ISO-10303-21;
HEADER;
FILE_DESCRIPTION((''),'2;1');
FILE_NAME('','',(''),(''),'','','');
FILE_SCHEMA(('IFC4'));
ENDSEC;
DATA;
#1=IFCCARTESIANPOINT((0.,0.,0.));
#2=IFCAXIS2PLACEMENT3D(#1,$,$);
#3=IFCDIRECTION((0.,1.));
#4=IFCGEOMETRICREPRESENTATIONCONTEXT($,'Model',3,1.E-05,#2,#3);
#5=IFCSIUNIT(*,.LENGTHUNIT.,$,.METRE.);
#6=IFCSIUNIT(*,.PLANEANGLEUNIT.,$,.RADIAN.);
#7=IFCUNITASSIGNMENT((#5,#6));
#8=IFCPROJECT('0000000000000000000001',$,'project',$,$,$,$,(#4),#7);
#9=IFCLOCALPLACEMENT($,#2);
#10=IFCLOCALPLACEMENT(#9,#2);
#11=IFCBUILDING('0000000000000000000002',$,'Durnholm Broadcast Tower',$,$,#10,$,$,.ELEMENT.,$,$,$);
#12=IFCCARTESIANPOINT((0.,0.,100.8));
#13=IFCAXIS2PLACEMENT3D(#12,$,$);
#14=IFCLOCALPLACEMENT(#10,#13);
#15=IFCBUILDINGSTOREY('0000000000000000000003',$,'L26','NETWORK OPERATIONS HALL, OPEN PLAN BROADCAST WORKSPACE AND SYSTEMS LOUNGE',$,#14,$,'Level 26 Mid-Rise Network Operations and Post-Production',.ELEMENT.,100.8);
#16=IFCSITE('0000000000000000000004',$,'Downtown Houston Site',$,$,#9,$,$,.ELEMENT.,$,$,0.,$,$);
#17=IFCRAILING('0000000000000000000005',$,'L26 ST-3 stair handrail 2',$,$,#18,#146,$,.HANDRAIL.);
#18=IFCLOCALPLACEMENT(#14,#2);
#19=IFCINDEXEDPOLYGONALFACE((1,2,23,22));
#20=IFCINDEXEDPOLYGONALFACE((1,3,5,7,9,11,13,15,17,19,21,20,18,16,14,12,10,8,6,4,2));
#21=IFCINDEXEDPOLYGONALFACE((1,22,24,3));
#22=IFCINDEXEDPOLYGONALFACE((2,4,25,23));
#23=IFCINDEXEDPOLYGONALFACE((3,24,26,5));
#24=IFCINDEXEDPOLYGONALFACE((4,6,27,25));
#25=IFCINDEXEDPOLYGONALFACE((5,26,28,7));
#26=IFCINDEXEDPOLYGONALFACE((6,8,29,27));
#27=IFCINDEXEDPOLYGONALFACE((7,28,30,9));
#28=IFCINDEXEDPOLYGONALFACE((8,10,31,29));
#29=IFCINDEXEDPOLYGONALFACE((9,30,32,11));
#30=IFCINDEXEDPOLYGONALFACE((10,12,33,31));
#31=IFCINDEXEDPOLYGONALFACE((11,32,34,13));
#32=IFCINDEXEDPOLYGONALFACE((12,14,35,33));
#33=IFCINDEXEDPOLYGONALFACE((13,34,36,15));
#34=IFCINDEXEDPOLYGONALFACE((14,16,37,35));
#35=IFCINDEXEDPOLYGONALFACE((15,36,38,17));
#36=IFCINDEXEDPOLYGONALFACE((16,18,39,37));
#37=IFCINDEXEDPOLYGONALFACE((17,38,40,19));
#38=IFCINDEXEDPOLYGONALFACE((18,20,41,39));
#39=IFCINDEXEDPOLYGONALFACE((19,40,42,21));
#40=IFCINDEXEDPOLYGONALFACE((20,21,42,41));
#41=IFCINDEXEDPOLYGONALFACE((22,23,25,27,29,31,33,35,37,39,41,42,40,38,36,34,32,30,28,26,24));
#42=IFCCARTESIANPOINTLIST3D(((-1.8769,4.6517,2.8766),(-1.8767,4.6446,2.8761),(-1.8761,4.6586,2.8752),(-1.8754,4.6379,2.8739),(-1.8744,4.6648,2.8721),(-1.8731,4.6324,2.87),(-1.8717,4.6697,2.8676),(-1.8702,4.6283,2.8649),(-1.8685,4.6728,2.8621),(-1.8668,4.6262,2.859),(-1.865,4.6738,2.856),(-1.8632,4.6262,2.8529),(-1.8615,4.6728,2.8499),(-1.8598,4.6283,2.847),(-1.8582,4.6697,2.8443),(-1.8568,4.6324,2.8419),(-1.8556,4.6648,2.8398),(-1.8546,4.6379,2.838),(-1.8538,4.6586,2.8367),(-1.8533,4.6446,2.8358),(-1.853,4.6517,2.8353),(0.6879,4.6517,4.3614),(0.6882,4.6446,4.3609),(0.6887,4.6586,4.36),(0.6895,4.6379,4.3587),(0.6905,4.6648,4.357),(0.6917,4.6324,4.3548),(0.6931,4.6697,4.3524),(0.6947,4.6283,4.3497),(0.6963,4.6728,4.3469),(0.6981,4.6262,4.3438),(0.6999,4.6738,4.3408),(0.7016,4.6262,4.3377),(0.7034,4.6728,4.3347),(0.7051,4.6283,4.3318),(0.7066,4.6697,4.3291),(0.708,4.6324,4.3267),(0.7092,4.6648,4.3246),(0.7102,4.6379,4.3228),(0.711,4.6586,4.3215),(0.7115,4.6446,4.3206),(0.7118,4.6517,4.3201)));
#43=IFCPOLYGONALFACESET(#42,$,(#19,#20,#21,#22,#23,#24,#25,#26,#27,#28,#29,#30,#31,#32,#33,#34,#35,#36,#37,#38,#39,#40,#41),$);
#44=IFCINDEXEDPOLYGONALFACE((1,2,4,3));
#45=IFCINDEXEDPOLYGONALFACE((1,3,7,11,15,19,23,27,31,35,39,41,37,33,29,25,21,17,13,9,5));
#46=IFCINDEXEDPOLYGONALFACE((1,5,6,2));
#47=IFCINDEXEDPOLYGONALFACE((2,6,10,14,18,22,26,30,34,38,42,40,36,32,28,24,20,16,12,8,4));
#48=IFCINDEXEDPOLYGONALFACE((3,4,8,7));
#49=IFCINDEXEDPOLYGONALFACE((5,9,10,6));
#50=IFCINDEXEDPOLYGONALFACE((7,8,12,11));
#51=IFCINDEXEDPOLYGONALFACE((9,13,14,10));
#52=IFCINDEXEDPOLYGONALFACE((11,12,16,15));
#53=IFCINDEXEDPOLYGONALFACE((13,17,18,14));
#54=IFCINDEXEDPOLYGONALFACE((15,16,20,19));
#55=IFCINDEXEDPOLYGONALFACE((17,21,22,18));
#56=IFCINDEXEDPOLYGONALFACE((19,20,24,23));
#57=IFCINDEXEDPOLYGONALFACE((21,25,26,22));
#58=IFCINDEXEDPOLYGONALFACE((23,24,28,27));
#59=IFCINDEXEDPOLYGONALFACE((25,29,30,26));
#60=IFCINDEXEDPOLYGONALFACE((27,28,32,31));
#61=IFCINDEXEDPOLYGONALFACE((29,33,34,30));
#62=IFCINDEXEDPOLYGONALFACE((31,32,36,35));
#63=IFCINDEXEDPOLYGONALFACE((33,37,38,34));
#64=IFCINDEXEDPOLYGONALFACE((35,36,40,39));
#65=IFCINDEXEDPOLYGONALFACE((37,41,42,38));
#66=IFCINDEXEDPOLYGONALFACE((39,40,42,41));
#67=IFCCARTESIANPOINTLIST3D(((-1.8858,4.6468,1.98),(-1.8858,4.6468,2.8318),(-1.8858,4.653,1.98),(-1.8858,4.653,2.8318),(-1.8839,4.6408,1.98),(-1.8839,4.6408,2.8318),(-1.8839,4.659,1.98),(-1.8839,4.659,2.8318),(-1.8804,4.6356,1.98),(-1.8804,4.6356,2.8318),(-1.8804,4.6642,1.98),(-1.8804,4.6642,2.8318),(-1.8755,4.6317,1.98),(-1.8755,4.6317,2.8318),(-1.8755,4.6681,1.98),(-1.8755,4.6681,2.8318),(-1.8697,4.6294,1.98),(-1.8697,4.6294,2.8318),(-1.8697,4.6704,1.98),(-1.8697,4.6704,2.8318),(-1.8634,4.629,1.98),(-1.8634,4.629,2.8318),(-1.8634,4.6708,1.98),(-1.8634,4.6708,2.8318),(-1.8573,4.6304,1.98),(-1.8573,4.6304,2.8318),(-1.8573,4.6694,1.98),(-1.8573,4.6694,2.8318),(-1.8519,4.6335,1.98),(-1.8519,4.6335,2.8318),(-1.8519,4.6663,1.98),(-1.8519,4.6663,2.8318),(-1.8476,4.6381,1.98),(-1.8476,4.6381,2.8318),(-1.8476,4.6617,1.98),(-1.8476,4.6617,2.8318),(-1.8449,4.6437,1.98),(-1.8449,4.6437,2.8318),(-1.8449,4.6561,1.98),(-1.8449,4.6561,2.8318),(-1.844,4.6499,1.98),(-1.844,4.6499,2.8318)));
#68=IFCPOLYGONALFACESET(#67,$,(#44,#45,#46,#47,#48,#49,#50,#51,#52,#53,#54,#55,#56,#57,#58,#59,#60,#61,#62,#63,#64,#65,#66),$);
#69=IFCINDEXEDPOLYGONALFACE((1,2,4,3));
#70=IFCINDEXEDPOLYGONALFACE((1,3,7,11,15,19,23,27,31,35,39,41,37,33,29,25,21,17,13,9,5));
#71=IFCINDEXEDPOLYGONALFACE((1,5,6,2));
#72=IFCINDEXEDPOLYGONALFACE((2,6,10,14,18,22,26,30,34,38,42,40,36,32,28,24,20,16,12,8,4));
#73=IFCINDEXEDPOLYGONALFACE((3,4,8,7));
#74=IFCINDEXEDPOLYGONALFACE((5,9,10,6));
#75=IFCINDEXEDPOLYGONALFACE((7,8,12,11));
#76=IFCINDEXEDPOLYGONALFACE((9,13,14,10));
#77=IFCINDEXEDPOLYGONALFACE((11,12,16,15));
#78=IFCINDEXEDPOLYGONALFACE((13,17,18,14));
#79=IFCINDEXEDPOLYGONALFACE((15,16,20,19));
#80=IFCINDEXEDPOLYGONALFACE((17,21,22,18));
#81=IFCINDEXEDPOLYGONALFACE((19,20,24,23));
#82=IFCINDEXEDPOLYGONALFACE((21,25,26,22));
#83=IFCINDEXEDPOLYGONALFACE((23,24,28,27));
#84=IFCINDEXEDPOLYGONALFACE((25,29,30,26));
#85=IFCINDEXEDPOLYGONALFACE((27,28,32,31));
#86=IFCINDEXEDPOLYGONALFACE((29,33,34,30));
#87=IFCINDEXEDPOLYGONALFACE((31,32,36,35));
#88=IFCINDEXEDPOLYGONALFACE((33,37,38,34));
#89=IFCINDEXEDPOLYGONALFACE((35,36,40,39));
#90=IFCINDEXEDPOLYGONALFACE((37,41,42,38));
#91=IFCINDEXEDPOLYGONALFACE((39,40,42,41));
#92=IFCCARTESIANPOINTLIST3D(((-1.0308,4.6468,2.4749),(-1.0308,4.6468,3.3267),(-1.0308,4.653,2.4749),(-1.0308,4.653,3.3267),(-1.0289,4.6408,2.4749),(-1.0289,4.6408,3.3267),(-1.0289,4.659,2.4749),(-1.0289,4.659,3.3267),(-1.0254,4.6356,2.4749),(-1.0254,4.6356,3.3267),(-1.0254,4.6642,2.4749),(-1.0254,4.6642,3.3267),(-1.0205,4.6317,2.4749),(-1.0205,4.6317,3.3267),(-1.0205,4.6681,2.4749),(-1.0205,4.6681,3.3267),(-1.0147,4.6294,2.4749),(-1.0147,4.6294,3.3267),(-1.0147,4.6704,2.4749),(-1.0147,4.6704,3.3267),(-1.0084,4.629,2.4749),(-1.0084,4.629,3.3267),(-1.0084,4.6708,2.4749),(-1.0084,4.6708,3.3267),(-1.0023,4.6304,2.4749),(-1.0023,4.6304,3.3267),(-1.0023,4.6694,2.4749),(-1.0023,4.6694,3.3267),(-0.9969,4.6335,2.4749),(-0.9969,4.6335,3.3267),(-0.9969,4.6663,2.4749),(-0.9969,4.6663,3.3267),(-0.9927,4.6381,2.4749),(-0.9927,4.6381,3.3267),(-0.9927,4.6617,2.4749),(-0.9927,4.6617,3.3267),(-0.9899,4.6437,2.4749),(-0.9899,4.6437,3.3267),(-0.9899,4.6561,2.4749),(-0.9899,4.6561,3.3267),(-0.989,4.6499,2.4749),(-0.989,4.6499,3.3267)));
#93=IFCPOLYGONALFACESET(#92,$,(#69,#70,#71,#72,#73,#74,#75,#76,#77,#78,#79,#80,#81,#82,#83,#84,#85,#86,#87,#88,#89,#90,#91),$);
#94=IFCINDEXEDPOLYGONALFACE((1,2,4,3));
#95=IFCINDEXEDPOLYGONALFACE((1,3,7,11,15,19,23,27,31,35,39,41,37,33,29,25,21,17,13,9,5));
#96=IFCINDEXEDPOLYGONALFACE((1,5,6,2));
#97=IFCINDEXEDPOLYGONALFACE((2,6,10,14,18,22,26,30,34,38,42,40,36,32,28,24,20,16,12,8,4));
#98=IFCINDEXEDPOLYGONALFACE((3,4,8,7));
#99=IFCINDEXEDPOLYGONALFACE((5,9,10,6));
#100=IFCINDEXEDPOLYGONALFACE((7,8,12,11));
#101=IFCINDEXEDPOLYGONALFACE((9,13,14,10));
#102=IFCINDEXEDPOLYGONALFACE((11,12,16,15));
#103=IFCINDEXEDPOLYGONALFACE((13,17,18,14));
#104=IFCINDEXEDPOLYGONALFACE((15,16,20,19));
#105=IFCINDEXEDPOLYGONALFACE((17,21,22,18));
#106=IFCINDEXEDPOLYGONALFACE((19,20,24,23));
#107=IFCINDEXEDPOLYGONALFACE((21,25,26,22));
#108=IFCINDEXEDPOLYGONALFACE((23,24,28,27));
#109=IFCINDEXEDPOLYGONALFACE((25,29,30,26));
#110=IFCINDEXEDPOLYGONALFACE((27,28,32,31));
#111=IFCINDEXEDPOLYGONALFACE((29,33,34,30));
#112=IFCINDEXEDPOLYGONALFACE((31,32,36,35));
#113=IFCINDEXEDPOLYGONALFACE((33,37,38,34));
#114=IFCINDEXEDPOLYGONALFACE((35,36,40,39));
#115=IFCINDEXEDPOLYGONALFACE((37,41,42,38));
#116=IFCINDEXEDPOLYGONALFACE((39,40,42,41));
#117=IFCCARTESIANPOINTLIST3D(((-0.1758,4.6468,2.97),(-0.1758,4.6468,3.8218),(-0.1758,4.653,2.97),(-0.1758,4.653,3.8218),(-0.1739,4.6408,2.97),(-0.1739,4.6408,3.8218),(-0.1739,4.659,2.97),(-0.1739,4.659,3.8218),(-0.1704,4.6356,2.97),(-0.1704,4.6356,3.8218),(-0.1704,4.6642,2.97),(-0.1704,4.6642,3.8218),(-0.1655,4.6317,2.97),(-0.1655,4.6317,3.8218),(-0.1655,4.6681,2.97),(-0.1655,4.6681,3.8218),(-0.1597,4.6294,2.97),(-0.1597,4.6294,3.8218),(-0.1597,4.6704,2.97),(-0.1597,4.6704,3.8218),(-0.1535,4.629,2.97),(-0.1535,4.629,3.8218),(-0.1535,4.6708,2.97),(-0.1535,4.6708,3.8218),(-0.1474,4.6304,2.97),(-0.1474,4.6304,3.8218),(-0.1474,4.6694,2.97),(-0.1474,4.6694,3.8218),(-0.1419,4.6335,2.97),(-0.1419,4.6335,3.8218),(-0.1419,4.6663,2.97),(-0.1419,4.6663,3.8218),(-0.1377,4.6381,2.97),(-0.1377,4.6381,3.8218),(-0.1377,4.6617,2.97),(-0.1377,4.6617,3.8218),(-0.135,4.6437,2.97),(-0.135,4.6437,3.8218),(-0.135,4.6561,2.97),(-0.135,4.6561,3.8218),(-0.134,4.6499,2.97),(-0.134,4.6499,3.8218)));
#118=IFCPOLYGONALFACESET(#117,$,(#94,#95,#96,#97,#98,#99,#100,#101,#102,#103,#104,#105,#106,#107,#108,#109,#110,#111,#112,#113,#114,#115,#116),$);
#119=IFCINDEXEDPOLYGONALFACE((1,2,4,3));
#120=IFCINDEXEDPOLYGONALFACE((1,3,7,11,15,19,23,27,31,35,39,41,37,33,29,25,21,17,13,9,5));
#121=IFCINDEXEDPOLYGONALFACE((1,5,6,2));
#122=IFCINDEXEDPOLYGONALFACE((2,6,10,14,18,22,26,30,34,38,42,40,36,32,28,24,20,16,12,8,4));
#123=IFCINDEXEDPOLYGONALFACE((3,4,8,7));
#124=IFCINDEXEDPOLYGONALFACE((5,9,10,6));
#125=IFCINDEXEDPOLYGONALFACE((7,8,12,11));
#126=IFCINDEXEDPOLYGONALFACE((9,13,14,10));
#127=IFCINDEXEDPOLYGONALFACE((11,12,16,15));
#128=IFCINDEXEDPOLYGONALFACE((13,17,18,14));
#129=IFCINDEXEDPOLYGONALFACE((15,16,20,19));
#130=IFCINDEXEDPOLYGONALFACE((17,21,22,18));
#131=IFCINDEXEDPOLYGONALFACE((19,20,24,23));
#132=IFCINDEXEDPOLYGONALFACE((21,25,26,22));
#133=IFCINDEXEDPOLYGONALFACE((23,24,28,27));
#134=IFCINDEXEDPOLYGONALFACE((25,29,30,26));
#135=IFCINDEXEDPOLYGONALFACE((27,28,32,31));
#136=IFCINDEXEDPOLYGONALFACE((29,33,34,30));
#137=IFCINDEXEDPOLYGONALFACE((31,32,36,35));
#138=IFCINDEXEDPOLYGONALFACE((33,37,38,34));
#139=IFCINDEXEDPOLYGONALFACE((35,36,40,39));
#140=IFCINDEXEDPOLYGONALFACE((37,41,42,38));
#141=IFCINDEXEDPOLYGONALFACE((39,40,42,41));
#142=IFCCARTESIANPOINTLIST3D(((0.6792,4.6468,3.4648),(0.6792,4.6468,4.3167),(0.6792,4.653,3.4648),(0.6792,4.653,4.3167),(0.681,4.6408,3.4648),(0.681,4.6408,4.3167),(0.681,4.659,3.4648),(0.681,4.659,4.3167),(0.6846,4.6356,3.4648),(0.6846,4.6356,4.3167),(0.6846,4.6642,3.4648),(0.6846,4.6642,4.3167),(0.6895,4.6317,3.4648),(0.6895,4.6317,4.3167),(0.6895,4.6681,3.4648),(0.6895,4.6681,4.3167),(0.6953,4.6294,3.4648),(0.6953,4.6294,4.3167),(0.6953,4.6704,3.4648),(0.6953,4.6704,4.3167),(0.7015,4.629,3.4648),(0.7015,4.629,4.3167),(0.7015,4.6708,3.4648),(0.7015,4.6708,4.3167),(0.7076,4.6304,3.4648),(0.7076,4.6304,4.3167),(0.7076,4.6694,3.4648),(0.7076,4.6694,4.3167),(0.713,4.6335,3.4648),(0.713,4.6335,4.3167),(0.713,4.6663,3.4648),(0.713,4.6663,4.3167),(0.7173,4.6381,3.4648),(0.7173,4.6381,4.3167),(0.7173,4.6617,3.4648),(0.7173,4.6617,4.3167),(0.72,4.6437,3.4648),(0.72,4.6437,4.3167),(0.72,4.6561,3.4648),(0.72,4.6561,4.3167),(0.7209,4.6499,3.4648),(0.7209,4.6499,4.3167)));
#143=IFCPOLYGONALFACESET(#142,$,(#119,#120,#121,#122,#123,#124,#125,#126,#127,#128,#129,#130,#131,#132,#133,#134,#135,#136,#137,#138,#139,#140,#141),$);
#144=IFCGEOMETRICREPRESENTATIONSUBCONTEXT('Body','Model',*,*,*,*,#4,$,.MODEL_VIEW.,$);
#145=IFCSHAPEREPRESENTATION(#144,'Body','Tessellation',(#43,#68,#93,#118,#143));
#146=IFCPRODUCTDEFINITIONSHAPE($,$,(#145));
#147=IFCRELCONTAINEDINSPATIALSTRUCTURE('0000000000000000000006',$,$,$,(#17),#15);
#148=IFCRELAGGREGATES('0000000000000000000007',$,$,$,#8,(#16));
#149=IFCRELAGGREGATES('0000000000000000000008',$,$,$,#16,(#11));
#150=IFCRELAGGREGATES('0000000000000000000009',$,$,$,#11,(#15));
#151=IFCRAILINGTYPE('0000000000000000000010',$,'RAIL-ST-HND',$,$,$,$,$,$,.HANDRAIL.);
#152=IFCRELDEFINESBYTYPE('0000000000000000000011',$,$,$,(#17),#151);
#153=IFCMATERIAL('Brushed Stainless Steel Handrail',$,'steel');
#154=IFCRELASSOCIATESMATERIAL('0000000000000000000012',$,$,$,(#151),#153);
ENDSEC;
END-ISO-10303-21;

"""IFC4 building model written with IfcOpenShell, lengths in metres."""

from ifc_helpers import new_model, si_unit, direction, frame, origin, origin_2d, place, context, subcontext, project, spatial, circle, extrude, material, type_object, element, save


model = new_model("IFC4")

# Units and contexts
model_context = context("Model", 3, precision=1e-05, world=origin(), true_north=direction((0.0, 1.0)))
body_context = subcontext(model_context, "Body", "Model", "MODEL_VIEW")
ifc_project = project(units=[si_unit("LENGTHUNIT", "METRE"), si_unit("PLANEANGLEUNIT", "RADIAN")], contexts=[model_context])

# Site, building, storey
site_placement = place(None, origin())
site = spatial("IfcSite", under=ifc_project, at=site_placement, Name="Downtown Houston Site", CompositionType="ELEMENT", RefElevation=0.0)
building_placement = place(site_placement, origin())
building = spatial("IfcBuilding", under=site, at=building_placement, Name="Durnholm Broadcast Tower", CompositionType="ELEMENT")
storey_placement = place(building_placement, frame((0.0, 0.0, 100.8)))
storey = spatial("IfcBuildingStorey", under=building, at=storey_placement, Name="L26", Description="NETWORK OPERATIONS HALL, OPEN PLAN BROADCAST WORKSPACE AND SYSTEMS LOUNGE", LongName="Level 26 Mid-Rise Network Operations and Post-Production", CompositionType="ELEMENT", Elevation=100.8)

# Railing
ifc_material_1 = material(Name="Brushed Stainless Steel Handrail", Category="steel")
railing_type_1 = type_object("IfcRailingType", Name="RAIL-ST-HND", PredefinedType="HANDRAIL", material=ifc_material_1)
railing_1_placement = place(storey_placement, frame((-1.865, 4.6499, 1.98)))
element("IfcRailing", 1, at=railing_1_placement, inside=storey, type_object=railing_type_1, Name="L26 ST-3 stair handrail 2", PredefinedType="HANDRAIL", context=body_context, shape_type="SweptSolid", body=[
    extrude(circle(Radius=0.0239, at=origin_2d()), frame((0.0, 0.0, 0.876), z_axis=(0.865441, 0.0, 0.50101), x_axis=(0.0, 1.0, 0.0)), (0.0, 0.0, 1.0), 2.9636),
    extrude(circle(Radius=0.021, at=origin_2d()), origin(), (0.0, 0.0, 1.0), 0.8518),
    extrude(circle(Radius=0.021, at=origin_2d()), frame((0.855, 0.0, 0.4949)), (0.0, 0.0, 1.0), 0.8518),
    extrude(circle(Radius=0.021, at=origin_2d()), frame((1.71, 0.0, 0.99)), (0.0, 0.0, 1.0), 0.8518),
    extrude(circle(Radius=0.021, at=origin_2d()), frame((2.5649, 0.0, 1.4849)), (0.0, 0.0, 1.0), 0.8518),
])

save(model, "model.ifc")
